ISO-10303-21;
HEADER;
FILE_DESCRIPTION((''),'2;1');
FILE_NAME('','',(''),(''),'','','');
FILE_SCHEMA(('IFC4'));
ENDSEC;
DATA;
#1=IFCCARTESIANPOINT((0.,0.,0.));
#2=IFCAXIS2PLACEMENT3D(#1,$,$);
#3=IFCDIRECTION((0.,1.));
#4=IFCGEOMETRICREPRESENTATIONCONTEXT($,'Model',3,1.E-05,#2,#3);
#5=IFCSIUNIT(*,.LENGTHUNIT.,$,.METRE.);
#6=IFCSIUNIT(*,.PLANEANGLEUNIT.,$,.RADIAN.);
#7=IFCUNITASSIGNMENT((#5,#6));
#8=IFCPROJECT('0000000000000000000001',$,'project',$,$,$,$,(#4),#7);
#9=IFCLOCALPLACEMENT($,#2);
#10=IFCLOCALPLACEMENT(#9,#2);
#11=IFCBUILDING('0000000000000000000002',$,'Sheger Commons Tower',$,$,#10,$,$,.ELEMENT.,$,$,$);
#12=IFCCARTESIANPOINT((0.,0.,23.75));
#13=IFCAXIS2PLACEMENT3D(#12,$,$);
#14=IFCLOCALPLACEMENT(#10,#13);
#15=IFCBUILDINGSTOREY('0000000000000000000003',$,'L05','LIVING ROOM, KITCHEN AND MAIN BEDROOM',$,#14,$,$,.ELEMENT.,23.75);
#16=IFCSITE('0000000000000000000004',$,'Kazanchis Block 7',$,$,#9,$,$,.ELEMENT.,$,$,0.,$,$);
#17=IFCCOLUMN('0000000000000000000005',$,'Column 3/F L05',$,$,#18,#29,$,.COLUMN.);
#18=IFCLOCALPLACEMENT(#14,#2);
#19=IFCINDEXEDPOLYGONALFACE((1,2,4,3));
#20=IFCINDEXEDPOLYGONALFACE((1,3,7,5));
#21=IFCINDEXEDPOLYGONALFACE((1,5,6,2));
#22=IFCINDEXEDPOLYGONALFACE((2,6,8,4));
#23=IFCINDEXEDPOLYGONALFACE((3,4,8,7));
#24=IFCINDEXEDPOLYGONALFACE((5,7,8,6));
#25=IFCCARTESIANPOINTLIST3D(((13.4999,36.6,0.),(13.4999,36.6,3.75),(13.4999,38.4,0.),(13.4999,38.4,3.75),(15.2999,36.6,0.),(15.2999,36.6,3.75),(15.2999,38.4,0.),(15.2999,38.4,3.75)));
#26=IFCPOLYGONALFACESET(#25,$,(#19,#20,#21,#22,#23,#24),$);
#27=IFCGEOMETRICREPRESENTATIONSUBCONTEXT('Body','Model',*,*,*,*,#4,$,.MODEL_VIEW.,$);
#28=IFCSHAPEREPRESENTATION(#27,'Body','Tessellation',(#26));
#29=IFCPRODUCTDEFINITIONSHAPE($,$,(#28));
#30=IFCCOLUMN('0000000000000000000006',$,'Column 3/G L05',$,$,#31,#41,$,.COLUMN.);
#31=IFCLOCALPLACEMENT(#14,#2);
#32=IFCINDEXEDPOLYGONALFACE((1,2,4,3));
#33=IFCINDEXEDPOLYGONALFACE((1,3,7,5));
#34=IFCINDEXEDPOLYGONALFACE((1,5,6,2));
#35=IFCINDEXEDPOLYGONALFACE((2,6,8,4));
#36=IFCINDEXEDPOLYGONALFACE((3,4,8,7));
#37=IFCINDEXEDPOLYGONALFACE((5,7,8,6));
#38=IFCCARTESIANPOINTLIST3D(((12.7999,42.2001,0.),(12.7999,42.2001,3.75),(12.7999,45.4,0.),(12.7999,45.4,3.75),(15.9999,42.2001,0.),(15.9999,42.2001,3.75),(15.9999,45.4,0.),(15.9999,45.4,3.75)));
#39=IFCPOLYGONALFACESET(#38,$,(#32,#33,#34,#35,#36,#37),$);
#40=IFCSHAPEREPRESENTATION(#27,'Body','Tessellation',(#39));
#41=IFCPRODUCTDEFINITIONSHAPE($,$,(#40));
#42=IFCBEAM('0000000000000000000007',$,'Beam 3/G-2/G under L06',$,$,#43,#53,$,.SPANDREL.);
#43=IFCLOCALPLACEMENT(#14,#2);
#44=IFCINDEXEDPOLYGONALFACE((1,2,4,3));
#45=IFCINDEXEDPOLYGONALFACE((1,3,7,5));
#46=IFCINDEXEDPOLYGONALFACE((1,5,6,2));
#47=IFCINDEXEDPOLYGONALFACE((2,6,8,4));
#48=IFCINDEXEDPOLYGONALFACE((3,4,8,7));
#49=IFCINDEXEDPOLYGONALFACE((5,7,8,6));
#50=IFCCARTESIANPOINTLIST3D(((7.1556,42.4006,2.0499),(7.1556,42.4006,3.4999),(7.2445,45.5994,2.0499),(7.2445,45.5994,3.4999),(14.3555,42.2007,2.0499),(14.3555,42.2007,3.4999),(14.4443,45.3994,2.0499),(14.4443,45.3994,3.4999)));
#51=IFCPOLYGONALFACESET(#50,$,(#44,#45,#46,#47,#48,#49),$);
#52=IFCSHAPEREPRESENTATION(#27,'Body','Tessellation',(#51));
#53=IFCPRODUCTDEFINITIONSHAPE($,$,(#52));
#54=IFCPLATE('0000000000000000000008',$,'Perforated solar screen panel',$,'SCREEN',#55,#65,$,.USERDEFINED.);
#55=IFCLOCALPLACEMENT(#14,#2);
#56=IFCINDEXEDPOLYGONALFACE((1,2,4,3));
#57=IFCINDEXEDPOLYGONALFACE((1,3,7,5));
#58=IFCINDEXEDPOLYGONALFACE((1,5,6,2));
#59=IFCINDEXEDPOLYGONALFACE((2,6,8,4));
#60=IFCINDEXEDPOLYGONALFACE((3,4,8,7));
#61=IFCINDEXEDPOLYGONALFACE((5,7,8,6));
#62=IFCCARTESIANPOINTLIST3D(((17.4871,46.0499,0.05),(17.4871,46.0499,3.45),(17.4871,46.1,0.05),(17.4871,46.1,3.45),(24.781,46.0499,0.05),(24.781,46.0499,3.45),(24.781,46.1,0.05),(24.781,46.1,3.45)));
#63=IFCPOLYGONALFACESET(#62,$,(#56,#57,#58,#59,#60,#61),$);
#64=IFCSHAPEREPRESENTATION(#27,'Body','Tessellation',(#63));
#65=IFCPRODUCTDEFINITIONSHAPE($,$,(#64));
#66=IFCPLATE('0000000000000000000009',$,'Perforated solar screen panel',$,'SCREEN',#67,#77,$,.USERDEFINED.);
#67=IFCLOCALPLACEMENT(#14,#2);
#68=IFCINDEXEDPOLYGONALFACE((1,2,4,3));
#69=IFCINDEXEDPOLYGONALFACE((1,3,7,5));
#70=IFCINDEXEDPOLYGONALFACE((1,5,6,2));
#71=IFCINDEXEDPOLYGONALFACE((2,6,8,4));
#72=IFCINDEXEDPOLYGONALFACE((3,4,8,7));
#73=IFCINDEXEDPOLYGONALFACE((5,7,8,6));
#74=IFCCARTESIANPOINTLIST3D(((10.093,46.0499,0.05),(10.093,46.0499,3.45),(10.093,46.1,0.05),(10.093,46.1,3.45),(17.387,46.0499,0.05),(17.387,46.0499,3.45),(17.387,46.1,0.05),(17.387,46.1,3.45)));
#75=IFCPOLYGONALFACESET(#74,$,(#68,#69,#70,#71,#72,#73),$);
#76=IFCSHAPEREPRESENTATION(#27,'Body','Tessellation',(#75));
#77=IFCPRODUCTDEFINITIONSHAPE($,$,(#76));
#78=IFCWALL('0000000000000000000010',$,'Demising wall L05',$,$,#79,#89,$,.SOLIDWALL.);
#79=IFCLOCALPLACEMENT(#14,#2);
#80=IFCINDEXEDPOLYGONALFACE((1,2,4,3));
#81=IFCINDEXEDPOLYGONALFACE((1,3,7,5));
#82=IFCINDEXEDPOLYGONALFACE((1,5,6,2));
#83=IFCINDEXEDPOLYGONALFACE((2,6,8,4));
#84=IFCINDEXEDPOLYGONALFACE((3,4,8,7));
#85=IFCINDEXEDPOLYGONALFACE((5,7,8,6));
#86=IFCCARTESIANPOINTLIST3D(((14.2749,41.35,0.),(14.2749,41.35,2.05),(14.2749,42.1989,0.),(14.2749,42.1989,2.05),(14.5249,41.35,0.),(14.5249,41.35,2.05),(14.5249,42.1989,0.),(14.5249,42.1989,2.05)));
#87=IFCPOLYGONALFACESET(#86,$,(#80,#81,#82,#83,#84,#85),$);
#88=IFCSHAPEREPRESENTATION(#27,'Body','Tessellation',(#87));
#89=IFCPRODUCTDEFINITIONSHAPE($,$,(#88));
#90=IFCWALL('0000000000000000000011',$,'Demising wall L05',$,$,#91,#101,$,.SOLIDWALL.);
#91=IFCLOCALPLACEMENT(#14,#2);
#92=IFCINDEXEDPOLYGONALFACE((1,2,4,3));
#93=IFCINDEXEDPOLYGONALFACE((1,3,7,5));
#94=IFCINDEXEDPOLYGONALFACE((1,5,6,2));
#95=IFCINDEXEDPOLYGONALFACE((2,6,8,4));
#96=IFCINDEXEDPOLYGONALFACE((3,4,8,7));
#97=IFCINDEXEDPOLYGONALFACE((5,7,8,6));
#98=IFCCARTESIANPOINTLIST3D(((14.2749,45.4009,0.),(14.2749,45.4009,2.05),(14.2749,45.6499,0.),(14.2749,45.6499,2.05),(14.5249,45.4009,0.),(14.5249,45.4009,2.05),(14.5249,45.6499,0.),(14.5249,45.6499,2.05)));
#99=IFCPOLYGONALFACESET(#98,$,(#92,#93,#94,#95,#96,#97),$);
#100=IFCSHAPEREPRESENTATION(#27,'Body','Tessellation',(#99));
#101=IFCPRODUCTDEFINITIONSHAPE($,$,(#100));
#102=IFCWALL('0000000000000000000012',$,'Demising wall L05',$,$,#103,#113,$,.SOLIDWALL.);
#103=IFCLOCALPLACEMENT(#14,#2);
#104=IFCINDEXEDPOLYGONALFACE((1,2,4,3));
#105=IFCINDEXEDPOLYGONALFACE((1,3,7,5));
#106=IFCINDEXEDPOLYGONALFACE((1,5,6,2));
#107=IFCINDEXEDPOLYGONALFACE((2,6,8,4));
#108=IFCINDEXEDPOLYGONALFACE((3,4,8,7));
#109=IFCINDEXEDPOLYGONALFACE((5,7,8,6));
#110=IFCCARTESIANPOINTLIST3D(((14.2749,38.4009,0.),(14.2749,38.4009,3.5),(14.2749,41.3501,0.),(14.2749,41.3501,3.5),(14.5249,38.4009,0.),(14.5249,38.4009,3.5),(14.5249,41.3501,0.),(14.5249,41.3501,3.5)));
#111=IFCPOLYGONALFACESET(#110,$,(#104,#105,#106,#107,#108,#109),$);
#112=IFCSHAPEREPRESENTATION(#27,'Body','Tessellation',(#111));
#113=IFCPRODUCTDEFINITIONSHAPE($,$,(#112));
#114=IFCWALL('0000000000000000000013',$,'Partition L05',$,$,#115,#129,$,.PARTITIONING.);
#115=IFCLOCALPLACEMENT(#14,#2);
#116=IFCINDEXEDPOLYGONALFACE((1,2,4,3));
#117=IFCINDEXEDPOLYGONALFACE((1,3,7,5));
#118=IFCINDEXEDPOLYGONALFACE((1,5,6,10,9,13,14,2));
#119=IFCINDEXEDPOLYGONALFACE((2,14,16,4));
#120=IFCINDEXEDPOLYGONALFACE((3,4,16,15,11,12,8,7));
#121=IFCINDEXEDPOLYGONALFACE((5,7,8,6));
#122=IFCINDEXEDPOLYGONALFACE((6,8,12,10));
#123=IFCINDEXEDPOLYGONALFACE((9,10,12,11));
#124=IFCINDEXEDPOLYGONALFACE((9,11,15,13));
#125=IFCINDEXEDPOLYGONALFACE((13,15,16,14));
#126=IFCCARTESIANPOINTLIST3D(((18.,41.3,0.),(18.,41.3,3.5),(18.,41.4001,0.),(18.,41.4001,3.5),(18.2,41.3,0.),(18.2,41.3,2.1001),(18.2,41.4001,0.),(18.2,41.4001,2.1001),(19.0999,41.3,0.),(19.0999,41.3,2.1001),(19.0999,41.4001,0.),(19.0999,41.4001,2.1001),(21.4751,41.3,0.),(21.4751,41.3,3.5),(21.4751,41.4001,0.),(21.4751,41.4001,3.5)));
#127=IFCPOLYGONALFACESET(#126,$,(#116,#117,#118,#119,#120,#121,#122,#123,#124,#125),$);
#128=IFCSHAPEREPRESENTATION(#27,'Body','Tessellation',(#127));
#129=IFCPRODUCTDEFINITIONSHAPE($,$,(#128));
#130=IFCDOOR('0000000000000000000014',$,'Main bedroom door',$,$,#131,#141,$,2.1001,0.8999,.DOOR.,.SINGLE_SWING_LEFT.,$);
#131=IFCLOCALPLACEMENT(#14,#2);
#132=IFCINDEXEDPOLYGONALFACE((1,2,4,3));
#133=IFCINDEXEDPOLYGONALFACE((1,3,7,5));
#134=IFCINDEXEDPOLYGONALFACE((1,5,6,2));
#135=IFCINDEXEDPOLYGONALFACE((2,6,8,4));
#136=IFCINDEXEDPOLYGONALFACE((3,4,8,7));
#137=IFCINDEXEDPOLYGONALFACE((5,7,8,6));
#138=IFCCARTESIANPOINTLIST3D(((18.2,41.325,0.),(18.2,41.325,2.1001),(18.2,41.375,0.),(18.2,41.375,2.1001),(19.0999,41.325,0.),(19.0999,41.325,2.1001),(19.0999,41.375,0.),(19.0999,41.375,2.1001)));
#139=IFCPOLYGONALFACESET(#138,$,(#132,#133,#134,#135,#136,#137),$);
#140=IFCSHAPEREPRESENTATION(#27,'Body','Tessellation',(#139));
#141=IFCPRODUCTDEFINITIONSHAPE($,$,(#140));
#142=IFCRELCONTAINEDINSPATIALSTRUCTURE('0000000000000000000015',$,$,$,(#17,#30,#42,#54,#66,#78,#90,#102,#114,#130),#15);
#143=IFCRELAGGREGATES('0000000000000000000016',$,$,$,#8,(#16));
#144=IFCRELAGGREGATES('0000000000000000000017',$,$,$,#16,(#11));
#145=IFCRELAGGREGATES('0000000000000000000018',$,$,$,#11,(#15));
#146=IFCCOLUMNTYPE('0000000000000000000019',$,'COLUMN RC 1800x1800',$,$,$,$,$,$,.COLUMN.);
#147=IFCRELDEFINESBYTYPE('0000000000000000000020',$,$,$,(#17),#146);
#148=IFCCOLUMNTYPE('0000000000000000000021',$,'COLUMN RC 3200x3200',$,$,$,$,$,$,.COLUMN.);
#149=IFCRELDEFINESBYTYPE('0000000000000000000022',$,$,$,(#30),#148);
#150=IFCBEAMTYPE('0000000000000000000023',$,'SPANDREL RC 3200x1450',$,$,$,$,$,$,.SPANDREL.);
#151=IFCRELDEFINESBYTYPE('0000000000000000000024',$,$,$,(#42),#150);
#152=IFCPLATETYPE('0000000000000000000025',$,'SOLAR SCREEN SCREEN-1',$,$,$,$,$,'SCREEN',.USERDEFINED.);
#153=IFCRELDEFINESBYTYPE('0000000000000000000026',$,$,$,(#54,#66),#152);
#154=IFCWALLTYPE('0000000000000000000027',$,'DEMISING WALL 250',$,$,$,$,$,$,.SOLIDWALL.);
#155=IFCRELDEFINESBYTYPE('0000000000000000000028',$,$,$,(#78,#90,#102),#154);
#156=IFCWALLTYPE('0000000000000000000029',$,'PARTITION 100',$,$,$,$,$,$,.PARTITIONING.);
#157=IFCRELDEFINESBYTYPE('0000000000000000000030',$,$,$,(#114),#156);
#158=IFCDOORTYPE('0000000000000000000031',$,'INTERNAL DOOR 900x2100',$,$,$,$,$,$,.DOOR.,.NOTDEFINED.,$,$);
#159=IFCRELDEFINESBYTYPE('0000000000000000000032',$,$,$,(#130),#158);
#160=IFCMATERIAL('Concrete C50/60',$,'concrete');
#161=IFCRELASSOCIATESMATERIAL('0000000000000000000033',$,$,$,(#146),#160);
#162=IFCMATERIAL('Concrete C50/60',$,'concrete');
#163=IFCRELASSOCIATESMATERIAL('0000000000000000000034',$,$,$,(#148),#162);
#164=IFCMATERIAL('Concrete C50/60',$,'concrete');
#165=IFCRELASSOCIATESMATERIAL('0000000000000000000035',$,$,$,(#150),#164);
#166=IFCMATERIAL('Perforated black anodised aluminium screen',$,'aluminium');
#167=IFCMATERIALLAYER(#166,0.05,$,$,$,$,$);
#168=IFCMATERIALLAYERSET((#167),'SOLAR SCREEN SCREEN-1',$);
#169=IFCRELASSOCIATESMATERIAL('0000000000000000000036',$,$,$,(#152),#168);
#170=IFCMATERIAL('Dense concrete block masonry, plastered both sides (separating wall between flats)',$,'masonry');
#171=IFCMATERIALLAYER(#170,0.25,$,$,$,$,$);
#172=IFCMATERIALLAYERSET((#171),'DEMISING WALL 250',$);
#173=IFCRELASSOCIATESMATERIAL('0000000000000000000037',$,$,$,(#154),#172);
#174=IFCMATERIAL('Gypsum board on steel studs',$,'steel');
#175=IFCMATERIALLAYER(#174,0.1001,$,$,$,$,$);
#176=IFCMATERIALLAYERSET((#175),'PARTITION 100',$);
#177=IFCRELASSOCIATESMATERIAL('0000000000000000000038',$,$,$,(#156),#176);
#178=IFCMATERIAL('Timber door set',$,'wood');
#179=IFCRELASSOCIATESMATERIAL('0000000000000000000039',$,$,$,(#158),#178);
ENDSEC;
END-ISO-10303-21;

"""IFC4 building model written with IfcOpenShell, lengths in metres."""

from ifc_helpers import new_model, si_unit, direction, frame, frame_2d, origin, origin_2d, place, context, subcontext, project, spatial, rectangle, extrude, material, layer, layer_set, material_profile, profile_set, type_object, element, fill, save


model = new_model("IFC4")

# Units and contexts
model_context = context("Model", 3, precision=1e-05, world=origin(), true_north=direction((0.0, 1.0)))
body_context = subcontext(model_context, "Body", "Model", "MODEL_VIEW")
ifc_project = project(units=[si_unit("LENGTHUNIT", "METRE"), si_unit("PLANEANGLEUNIT", "RADIAN")], contexts=[model_context])

# Site, building, storey
site_placement = place(None, origin())
site = spatial("IfcSite", under=ifc_project, at=site_placement, Name="Kazanchis Block 7", CompositionType="ELEMENT", RefElevation=0.0)
building_placement = place(site_placement, origin())
building = spatial("IfcBuilding", under=site, at=building_placement, Name="Sheger Commons Tower", CompositionType="ELEMENT")
storey_placement = place(building_placement, frame((0.0, 0.0, 23.75)))
storey = spatial("IfcBuildingStorey", under=building, at=storey_placement, Name="L05", Description="LIVING ROOM, KITCHEN AND MAIN BEDROOM", CompositionType="ELEMENT", Elevation=23.75)

# Columns
ifc_material_1 = material(Name="Concrete C50/60", Category="concrete")
ifc_material_profile_1 = material_profile(ifc_material_1, rectangle(XDim=1.8, YDim=1.8, at=origin_2d()), Name="RC 1800x1800")
ifc_profile_set_1 = profile_set([ifc_material_profile_1], Name="Concrete C50/60")
column_type_1 = type_object("IfcColumnType", Name="COLUMN RC 1800x1800", PredefinedType="COLUMN", material=ifc_profile_set_1)
column_1_placement = place(storey_placement, frame((14.3999, 37.5, 0.0), z_axis=(0.0, 0.0, 1.0), x_axis=(1.0, 0.0, 0.0)))
element("IfcColumn", 1, at=column_1_placement, inside=storey, type_object=column_type_1, Name="Column 3/F L05", PredefinedType="COLUMN", context=body_context, shape_type="SweptSolid", body=[
    extrude(rectangle(XDim=1.8, YDim=1.8, at=origin_2d()), origin(), (0.0, 0.0, 1.0), 3.75),
])
ifc_material_2 = material(Name="Concrete C50/60", Category="concrete")
ifc_material_profile_2 = material_profile(ifc_material_2, rectangle(XDim=3.2, YDim=3.2, at=origin_2d()), Name="RC 3200x3200")
ifc_profile_set_2 = profile_set([ifc_material_profile_2], Name="Concrete C50/60")
column_type_2 = type_object("IfcColumnType", Name="COLUMN RC 3200x3200", PredefinedType="COLUMN", material=ifc_profile_set_2)
column_2_placement = place(storey_placement, frame((14.3999, 43.8, 0.0), z_axis=(0.0, 0.0, 1.0), x_axis=(1.0, 0.0, 0.0)))
element("IfcColumn", 2, at=column_2_placement, inside=storey, type_object=column_type_2, Name="Column 3/G L05", PredefinedType="COLUMN", context=body_context, shape_type="SweptSolid", body=[
    extrude(rectangle(XDim=3.2, YDim=3.2, at=origin_2d()), origin(), (0.0, 0.0, 1.0), 3.75),
])

# Beam
ifc_material_3 = material(Name="Concrete C50/60", Category="concrete")
ifc_material_profile_3 = material_profile(ifc_material_3, rectangle(XDim=3.2, YDim=1.45, at=origin_2d()), Name="RC 3200x1450")
ifc_profile_set_3 = profile_set([ifc_material_profile_3], Name="Concrete C50/60")
beam_type = type_object("IfcBeamType", Name="SPANDREL RC 3200x1450", PredefinedType="SPANDREL", material=ifc_profile_set_3)
beam_placement = place(storey_placement, frame((14.3999, 43.8, 2.7749), z_axis=(-0.999615, 0.02776, 0.0), x_axis=(-0.02776, -0.999615, 0.0)))
element("IfcBeam", 3, at=beam_placement, inside=storey, type_object=beam_type, Name="Beam 3/G-2/G under L06", PredefinedType="SPANDREL", context=body_context, shape_type="SweptSolid", body=[
    extrude(rectangle(XDim=3.2, YDim=1.45, at=origin_2d()), origin(), (0.0, 0.0, 1.0), 7.2026),
])

# Plates
ifc_material_4 = material(Name="Perforated black anodised aluminium screen", Category="aluminium")
ifc_layer_1 = layer(ifc_material_4, 0.05)
ifc_layer_set_1 = layer_set([ifc_layer_1], Name="SOLAR SCREEN SCREEN-1")
plate_type = type_object("IfcPlateType", Name="SOLAR SCREEN SCREEN-1", ElementType="SCREEN", PredefinedType="USERDEFINED", material=ifc_layer_set_1)
for number, where, z_axis, x_axis, name in (
    (4, (21.134, 46.075, 0.05), (0.0, 0.0, 1.0), (-1.0, 0.0, 0.0), "Perforated solar screen panel"),
    (5, (13.74, 46.075, 0.05), (0.0, 0.0, 1.0), (-1.0, 0.0, 0.0), "Perforated solar screen panel"),
):
    element("IfcPlate", number, at=place(storey_placement, frame(where, z_axis=z_axis, x_axis=x_axis)), inside=storey, type_object=plate_type, Name=name, ObjectType="SCREEN", PredefinedType="USERDEFINED", context=body_context, shape_type="SweptSolid", body=[
        extrude(rectangle(XDim=7.2939, YDim=0.05, at=origin_2d()), origin(), (0.0, 0.0, 1.0), 3.3999),
    ])

# Walls
ifc_material_5 = material(Name="Dense concrete block masonry, plastered both sides (separating wall between flats)", Category="masonry")
ifc_layer_2 = layer(ifc_material_5, 0.25)
ifc_layer_set_2 = layer_set([ifc_layer_2], Name="DEMISING WALL 250")
wall_type_1 = type_object("IfcWallType", Name="DEMISING WALL 250", PredefinedType="SOLIDWALL", material=ifc_layer_set_2)
wall_1_placement = place(storey_placement, frame((14.3999, 41.3501, 0.0), z_axis=(0.0, 0.0, 1.0), x_axis=(0.0, 1.0, 0.0)))
element("IfcWall", 6, at=wall_1_placement, inside=storey, type_object=wall_type_1, Name="Demising wall L05", PredefinedType="SOLIDWALL", context=body_context, shape_type="SweptSolid", body=[
    extrude(rectangle(XDim=0.8489, YDim=0.25, at=frame_2d((0.4243, 0.0))), origin(), (0.0, 0.0, 1.0), 2.05),
])
wall_2_placement = place(storey_placement, frame((14.3999, 45.4009, 0.0), z_axis=(0.0, 0.0, 1.0), x_axis=(0.0, 1.0, 0.0)))
element("IfcWall", 7, at=wall_2_placement, inside=storey, type_object=wall_type_1, Name="Demising wall L05", PredefinedType="SOLIDWALL", context=body_context, shape_type="SweptSolid", body=[
    extrude(rectangle(XDim=0.249, YDim=0.25, at=frame_2d((0.1245, 0.0))), origin(), (0.0, 0.0, 1.0), 2.05),
])
wall_3_placement = place(storey_placement, frame((14.3999, 38.4009, 0.0), z_axis=(0.0, 0.0, 1.0), x_axis=(0.0, 1.0, 0.0)))
element("IfcWall", 8, at=wall_3_placement, inside=storey, type_object=wall_type_1, Name="Demising wall L05", PredefinedType="SOLIDWALL", context=body_context, shape_type="SweptSolid", body=[
    extrude(rectangle(XDim=2.9492, YDim=0.25, at=frame_2d((1.4746, 0.0))), origin(), (0.0, 0.0, 1.0), 3.5),
])

# Wall, opening, door
ifc_material_6 = material(Name="Gypsum board on steel studs", Category="steel")
ifc_layer_3 = layer(ifc_material_6, 0.1001)
ifc_layer_set_3 = layer_set([ifc_layer_3], Name="PARTITION 100")
wall_type_2 = type_object("IfcWallType", Name="PARTITION 100", PredefinedType="PARTITIONING", material=ifc_layer_set_3)
wall_4_placement = place(storey_placement, frame((18.0, 41.3501, 0.0), z_axis=(0.0, 0.0, 1.0), x_axis=(1.0, 0.0, 0.0)))
wall_4 = element("IfcWall", 9, at=wall_4_placement, inside=storey, type_object=wall_type_2, Name="Partition L05", PredefinedType="PARTITIONING", context=body_context, shape_type="SweptSolid", body=[
    extrude(rectangle(XDim=3.4751, YDim=0.1001, at=frame_2d((1.7375, 0.0))), origin(), (0.0, 0.0, 1.0), 3.5),
])
opening_1_placement = place(wall_4_placement, frame((0.2, 0.0, 0.0)))
opening_1 = element("IfcOpeningElement", 10, at=opening_1_placement, cuts=wall_4, PredefinedType="OPENING", context=body_context, shape_type="SweptSolid", body=[
    extrude(rectangle(XDim=0.8999, YDim=2.1001, at=frame_2d((0.45, 1.05))), frame((0.0, 0.0601, 0.0), z_axis=(0.0, -1.0, 0.0), x_axis=(1.0, 0.0, 0.0)), (0.0, 0.0, 1.0), 0.1201),
])
ifc_material_7 = material(Name="Timber door set", Category="wood")
door_type = type_object("IfcDoorType", Name="INTERNAL DOOR 900x2100", OperationType="NOTDEFINED", PredefinedType="DOOR", material=ifc_material_7)
door_1_placement = place(opening_1_placement, origin())
door_1 = element("IfcDoor", 11, at=door_1_placement, inside=storey, type_object=door_type, Name="Main bedroom door", OperationType="SINGLE_SWING_LEFT", OverallHeight=2.1001, OverallWidth=0.8999, PredefinedType="DOOR", context=body_context, shape_type="SweptSolid", body=[
    extrude(rectangle(XDim=0.8999, YDim=2.1001, at=frame_2d((0.45, 1.05))), frame((0.0, 0.0249, 0.0), z_axis=(0.0, -1.0, 0.0), x_axis=(1.0, 0.0, 0.0)), (0.0, 0.0, 1.0), 0.05),
])
fill(opening_1, door_1)

save(model, "model.ifc")
